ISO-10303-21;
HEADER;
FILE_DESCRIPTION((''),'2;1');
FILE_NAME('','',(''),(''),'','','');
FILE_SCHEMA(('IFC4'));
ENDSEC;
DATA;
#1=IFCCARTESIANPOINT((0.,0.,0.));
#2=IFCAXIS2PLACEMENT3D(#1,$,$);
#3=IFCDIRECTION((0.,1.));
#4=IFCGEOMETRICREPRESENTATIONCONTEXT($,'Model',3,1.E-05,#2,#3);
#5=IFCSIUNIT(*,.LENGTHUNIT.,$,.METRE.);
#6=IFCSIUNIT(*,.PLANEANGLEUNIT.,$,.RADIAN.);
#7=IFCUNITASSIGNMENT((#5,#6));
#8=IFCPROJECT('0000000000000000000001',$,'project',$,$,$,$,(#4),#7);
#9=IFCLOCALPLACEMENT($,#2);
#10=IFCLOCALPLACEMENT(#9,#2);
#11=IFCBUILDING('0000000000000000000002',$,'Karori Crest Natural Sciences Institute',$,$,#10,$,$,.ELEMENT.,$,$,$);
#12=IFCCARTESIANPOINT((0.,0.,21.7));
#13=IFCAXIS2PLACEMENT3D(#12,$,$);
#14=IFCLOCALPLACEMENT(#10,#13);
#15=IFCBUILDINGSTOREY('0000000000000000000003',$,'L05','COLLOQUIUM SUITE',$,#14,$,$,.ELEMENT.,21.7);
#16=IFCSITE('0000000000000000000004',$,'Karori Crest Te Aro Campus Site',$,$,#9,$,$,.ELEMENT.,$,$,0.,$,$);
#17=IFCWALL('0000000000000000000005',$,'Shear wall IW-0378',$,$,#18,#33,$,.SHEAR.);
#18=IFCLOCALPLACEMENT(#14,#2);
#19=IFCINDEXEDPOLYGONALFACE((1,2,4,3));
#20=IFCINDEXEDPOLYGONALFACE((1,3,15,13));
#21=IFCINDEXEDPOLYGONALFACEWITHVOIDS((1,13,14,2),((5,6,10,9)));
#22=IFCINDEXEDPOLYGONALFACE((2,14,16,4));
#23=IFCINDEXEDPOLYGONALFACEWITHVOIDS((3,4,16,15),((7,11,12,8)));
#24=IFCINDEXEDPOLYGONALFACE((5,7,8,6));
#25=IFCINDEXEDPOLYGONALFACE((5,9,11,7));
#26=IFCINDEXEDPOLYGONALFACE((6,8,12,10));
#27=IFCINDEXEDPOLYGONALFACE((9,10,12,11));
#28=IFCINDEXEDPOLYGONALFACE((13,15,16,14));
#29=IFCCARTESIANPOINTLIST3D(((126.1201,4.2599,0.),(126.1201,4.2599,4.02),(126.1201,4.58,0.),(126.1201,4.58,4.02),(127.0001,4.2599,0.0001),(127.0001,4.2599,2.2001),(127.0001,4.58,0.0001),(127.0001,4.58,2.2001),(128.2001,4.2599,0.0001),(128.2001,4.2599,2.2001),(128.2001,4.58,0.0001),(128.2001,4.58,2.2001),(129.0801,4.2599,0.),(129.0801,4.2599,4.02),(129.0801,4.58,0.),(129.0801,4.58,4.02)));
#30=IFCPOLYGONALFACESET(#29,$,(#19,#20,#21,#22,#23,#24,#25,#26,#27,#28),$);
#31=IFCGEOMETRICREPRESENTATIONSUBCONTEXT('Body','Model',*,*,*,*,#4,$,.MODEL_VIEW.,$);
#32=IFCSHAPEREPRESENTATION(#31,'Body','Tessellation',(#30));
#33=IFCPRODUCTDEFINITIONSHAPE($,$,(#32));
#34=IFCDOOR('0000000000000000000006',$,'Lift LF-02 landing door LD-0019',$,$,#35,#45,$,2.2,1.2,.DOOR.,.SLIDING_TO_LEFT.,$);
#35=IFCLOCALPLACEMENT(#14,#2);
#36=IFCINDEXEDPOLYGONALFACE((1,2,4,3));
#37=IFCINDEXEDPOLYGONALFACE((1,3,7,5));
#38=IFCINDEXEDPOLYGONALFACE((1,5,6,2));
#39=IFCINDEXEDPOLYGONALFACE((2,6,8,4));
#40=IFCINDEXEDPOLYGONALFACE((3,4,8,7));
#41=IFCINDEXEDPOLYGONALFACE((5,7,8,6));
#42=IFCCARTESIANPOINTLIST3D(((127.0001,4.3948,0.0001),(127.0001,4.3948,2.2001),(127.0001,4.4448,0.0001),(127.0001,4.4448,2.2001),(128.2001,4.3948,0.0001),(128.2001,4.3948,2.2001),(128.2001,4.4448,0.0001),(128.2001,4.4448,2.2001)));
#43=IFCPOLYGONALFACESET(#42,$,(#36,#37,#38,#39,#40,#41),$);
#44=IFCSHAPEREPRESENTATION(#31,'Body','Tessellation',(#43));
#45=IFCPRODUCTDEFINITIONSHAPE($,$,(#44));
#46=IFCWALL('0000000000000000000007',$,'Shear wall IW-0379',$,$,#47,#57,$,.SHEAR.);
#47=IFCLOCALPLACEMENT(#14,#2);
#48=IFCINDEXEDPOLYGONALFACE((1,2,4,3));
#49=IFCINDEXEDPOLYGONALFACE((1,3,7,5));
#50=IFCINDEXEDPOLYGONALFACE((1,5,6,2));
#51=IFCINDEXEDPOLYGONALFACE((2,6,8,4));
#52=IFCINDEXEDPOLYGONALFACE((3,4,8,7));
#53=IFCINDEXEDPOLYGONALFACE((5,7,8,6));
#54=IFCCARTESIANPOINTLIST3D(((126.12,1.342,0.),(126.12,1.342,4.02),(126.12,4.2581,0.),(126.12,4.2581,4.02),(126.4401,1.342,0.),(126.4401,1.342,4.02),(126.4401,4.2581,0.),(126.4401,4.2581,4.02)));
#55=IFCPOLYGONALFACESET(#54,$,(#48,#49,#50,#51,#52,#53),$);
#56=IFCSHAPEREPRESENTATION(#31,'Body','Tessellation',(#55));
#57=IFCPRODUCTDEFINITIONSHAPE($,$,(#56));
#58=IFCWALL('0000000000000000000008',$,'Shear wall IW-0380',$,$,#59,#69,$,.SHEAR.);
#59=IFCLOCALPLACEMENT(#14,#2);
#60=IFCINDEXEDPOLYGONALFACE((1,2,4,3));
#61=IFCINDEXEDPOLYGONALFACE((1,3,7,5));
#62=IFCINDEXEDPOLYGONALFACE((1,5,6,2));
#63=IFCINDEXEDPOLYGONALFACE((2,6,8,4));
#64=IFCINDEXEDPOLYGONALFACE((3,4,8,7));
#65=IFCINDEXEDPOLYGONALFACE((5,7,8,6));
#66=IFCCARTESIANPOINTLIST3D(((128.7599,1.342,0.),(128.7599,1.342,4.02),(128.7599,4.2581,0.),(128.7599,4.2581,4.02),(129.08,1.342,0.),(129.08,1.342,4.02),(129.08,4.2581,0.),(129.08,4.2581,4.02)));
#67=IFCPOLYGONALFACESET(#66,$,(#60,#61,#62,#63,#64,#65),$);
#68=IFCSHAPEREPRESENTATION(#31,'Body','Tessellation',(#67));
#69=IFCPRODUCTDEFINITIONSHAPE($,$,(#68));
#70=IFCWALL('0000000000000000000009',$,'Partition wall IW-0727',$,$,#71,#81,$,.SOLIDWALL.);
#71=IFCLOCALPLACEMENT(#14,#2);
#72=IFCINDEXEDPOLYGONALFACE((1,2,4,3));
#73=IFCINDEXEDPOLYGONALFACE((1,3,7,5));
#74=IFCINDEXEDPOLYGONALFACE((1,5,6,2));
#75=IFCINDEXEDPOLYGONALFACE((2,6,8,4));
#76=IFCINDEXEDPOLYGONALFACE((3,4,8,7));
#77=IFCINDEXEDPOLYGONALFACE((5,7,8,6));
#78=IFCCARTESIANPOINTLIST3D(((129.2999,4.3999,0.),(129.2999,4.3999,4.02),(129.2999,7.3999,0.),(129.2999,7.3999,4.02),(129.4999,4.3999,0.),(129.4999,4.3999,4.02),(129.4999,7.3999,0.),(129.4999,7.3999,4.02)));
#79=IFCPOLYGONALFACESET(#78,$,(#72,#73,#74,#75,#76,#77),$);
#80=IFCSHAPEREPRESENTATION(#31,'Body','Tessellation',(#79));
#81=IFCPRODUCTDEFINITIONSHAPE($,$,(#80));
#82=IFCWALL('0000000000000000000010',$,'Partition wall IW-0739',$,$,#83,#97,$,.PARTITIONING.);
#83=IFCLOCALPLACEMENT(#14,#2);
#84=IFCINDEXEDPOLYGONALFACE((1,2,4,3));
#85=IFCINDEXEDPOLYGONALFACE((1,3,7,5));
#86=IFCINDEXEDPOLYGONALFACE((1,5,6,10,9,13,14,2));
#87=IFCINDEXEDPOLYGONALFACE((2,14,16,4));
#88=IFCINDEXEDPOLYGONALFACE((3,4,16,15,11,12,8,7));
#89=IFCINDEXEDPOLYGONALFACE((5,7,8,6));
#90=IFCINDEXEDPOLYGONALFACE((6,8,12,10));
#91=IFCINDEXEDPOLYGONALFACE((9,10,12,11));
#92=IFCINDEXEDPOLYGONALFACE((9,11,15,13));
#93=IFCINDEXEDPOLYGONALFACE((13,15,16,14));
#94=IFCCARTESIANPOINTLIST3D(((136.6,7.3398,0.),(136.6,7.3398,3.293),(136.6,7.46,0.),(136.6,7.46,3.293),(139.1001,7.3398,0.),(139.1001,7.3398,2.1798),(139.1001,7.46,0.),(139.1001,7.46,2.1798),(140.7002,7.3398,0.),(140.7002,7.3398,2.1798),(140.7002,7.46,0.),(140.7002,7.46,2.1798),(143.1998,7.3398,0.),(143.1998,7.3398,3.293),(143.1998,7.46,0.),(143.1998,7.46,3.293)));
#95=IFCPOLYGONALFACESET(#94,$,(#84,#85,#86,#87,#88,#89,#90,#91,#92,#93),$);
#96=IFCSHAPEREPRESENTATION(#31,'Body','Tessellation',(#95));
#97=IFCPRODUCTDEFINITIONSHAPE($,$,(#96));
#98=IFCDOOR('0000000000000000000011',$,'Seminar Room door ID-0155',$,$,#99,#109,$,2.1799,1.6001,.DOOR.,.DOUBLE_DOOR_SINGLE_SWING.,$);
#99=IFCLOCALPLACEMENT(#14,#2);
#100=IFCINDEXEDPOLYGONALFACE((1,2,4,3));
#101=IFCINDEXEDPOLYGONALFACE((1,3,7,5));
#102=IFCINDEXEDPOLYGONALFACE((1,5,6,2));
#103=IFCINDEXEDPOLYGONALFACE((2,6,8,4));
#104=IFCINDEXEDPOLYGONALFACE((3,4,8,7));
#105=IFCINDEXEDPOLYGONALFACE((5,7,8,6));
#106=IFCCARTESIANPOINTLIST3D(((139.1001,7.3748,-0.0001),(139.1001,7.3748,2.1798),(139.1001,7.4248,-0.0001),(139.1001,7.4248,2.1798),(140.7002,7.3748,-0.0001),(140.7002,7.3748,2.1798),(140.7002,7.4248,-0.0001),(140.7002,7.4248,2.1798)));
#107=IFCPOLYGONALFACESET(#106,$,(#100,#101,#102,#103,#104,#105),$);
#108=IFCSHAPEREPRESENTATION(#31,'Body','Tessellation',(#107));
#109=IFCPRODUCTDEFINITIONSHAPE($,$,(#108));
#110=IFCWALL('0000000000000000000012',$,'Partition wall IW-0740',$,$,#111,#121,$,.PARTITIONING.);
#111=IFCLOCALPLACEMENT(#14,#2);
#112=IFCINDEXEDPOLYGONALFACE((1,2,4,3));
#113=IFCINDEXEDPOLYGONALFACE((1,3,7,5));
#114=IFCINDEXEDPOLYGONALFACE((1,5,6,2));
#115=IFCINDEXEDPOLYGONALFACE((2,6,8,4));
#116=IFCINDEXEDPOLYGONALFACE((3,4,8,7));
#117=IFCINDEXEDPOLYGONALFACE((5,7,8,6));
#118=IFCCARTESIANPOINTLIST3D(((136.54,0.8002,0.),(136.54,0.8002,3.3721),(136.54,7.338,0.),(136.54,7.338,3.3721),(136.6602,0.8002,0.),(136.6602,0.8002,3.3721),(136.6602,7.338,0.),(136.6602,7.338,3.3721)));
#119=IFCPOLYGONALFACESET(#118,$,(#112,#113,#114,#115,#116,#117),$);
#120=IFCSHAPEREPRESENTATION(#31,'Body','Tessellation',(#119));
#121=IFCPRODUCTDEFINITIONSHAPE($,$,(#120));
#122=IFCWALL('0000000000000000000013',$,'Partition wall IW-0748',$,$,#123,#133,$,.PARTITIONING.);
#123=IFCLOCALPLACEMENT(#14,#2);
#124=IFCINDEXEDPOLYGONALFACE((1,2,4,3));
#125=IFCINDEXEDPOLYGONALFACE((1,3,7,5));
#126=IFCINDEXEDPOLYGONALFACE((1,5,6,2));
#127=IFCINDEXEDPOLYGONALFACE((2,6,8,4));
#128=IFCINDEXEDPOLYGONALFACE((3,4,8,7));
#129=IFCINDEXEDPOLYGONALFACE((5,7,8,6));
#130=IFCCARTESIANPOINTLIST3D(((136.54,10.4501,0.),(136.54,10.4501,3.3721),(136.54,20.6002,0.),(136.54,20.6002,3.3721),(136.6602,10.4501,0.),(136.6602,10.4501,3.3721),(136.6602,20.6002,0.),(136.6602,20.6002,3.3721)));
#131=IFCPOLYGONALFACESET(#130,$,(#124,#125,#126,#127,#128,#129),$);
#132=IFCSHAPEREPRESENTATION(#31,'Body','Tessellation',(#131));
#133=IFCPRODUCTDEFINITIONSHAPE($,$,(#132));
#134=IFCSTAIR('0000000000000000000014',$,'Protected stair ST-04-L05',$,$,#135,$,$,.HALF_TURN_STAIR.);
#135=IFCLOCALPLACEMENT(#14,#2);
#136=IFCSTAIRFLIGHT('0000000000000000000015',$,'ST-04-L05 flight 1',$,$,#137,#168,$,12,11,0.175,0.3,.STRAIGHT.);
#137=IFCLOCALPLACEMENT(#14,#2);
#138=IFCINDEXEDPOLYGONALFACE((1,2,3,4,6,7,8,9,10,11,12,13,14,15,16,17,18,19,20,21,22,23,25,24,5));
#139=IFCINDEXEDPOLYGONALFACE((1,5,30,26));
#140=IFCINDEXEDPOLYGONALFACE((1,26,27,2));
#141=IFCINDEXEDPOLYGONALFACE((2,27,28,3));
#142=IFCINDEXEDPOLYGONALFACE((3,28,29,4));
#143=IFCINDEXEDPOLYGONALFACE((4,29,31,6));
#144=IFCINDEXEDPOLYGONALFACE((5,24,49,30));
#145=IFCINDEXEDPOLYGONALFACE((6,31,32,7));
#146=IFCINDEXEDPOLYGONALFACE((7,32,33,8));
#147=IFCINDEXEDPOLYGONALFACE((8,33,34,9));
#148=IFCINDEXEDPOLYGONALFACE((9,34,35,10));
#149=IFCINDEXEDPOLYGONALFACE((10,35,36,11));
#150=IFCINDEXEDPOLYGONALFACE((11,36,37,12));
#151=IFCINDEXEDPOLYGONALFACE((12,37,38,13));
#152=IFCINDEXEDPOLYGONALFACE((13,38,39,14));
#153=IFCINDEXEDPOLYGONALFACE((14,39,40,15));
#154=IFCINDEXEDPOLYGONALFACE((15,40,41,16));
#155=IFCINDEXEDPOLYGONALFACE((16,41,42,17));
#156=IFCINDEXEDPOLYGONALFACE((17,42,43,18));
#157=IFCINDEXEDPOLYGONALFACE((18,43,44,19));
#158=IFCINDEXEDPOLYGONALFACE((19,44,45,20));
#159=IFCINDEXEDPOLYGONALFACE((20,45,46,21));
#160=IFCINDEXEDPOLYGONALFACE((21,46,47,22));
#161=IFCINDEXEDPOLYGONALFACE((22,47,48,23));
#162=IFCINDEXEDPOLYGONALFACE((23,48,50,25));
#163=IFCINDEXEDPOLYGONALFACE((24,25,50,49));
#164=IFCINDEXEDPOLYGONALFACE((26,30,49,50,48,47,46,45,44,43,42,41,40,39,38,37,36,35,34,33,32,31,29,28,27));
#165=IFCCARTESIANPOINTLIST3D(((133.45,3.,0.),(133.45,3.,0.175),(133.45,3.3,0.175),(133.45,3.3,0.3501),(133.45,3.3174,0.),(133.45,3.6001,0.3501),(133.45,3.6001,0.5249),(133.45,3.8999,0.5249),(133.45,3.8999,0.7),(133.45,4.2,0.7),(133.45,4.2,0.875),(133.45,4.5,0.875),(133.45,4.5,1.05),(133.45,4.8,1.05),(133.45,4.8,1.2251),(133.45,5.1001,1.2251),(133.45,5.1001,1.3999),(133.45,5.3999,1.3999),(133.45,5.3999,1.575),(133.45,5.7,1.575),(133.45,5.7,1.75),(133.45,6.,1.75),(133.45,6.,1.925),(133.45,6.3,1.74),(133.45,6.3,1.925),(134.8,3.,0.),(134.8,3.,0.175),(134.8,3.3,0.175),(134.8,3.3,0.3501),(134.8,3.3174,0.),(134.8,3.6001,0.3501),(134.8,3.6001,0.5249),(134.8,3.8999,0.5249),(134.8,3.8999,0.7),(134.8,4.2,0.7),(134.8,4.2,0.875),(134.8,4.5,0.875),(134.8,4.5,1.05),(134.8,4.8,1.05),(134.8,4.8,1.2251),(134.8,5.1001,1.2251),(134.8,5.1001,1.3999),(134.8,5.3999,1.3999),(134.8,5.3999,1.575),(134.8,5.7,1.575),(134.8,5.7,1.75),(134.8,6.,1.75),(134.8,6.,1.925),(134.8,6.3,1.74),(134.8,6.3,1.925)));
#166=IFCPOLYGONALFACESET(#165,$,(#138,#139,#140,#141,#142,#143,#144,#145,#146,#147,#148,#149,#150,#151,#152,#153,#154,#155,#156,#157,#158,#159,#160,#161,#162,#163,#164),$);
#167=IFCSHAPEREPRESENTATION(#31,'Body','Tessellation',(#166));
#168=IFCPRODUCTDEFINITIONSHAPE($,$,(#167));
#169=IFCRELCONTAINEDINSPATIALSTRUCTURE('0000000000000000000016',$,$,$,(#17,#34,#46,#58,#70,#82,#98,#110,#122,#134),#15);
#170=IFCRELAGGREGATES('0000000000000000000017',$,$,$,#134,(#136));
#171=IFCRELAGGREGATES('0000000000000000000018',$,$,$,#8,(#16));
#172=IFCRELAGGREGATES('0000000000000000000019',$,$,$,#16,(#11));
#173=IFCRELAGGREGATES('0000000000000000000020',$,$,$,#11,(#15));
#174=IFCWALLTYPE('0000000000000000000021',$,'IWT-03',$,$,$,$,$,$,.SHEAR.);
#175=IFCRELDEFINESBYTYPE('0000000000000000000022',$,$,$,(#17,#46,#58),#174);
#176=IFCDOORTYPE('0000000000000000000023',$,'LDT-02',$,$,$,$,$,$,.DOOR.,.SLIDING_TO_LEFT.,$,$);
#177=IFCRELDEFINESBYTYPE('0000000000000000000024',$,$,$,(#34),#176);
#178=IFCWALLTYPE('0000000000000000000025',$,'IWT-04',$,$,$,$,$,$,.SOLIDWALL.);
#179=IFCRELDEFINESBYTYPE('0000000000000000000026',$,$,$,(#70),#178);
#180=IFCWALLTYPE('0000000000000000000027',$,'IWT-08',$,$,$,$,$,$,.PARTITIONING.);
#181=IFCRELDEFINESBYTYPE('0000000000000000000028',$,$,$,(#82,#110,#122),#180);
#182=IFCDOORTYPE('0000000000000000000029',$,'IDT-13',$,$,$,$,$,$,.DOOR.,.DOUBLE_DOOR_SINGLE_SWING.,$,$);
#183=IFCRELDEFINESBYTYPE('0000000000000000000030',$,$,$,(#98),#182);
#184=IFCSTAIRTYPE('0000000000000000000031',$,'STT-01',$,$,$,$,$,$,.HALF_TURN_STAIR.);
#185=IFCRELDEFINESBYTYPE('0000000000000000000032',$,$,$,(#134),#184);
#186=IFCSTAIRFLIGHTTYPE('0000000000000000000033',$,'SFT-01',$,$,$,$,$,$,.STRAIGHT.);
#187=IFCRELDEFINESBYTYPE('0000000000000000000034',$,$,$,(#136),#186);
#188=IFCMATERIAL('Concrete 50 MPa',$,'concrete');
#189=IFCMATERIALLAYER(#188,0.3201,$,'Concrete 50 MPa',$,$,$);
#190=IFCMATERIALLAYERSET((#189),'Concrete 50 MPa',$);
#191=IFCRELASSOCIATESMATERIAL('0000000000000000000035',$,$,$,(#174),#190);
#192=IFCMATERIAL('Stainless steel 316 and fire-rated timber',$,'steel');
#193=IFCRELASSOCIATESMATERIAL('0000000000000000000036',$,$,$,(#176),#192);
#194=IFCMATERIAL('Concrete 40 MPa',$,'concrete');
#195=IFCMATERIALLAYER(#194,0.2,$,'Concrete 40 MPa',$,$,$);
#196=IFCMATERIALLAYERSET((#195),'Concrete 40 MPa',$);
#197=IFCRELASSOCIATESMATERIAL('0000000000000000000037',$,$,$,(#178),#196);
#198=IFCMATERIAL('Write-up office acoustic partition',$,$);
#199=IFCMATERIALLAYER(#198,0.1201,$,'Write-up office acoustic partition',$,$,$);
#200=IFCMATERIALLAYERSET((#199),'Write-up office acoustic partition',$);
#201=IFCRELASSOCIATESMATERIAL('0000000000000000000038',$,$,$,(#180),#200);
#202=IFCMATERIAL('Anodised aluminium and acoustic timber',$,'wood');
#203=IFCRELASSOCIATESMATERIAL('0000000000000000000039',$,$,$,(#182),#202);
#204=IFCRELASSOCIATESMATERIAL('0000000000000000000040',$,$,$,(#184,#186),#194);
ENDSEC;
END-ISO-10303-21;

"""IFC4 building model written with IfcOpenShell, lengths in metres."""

from ifc_helpers import new_model, si_unit, direction, frame, frame_2d, origin, place, context, subcontext, project, spatial, polyline, rectangle, outline, extrude, material, layer, layer_set, type_object, element, fill, aggregate, save


model = new_model("IFC4")

# Units and contexts
model_context = context("Model", 3, precision=1e-05, world=origin(), true_north=direction((0.0, 1.0)))
body_context = subcontext(model_context, "Body", "Model", "MODEL_VIEW")
ifc_project = project(units=[si_unit("LENGTHUNIT", "METRE"), si_unit("PLANEANGLEUNIT", "RADIAN")], contexts=[model_context])

# Site, building, storey
site_placement = place(None, origin())
site = spatial("IfcSite", under=ifc_project, at=site_placement, Name="Karori Crest Te Aro Campus Site", CompositionType="ELEMENT", RefElevation=0.0)
building_placement = place(site_placement, origin())
building = spatial("IfcBuilding", under=site, at=building_placement, Name="Karori Crest Natural Sciences Institute", CompositionType="ELEMENT")
storey_placement = place(building_placement, frame((0.0, 0.0, 21.7)))
storey = spatial("IfcBuildingStorey", under=building, at=storey_placement, Name="L05", Description="COLLOQUIUM SUITE", CompositionType="ELEMENT", Elevation=21.7)

# Shared definitions
ifc_material_1 = material(Name="Concrete 50 MPa", Category="concrete")

# Shared definitions
ifc_material_2 = material(Name="Stainless steel 316 and fire-rated timber", Category="steel")

# Shared definitions
ifc_layer_1 = layer(ifc_material_1, 0.3201, Name="Concrete 50 MPa")
ifc_layer_set_1 = layer_set([ifc_layer_1], Name="Concrete 50 MPa")
wall_type_1 = type_object("IfcWallType", Name="IWT-03", PredefinedType="SHEAR", material=ifc_layer_set_1)

# Wall, opening, door
wall_1_placement = place(storey_placement, frame((126.1201, 4.4199, 0.0), z_axis=(0.0, 0.0, 1.0), x_axis=(1.0, 0.0, 0.0)))
wall_1 = element("IfcWall", 1, at=wall_1_placement, inside=storey, type_object=wall_type_1, Name="Shear wall IW-0378", PredefinedType="SHEAR", context=body_context, shape_type="SweptSolid", body=[
    extrude(rectangle(XDim=2.96, YDim=0.3201, at=frame_2d((1.48, 0.0))), origin(), (0.0, 0.0, 1.0), 4.02),
])
opening_1_placement = place(wall_1_placement, frame((0.8799, 0.0, 0.0)))
opening_1 = element("IfcOpeningElement", 2, at=opening_1_placement, cuts=wall_1, PredefinedType="OPENING", context=body_context, shape_type="SweptSolid", body=[
    extrude(rectangle(XDim=1.2, YDim=2.2, at=frame_2d((0.6001, 1.1001))), frame((0.0, 0.1699, 0.0), z_axis=(0.0, -1.0, 0.0), x_axis=(1.0, 0.0, 0.0)), (0.0, 0.0, 1.0), 0.3401),
])
door_type_1 = type_object("IfcDoorType", Name="LDT-02", OperationType="SLIDING_TO_LEFT", PredefinedType="DOOR", material=ifc_material_2)
door_1_placement = place(opening_1_placement, origin())
door_1 = element("IfcDoor", 3, at=door_1_placement, inside=storey, type_object=door_type_1, Name="Lift LF-02 landing door LD-0019", OperationType="SLIDING_TO_LEFT", OverallHeight=2.2, OverallWidth=1.2, PredefinedType="DOOR", context=body_context, shape_type="SweptSolid", body=[
    extrude(rectangle(XDim=1.2, YDim=2.2, at=frame_2d((0.6001, 1.1001))), frame((0.0, 0.0249, 0.0), z_axis=(0.0, -1.0, 0.0), x_axis=(1.0, 0.0, 0.0)), (0.0, 0.0, 1.0), 0.05),
])
fill(opening_1, door_1)

# Walls
for number, where, z_axis, x_axis, name in (
    (4, (126.28, 1.342, 0.0), (0.0, 0.0, 1.0), (0.0, 1.0, 0.0), "Shear wall IW-0379"),
    (5, (128.9199, 1.342, 0.0), (0.0, 0.0, 1.0), (0.0, 1.0, 0.0), "Shear wall IW-0380"),
):
    element("IfcWall", number, at=place(storey_placement, frame(where, z_axis=z_axis, x_axis=x_axis)), inside=storey, type_object=wall_type_1, Name=name, PredefinedType="SHEAR", context=body_context, shape_type="SweptSolid", body=[
        extrude(rectangle(XDim=2.916, YDim=0.3201, at=frame_2d((1.458, 0.0))), origin(), (0.0, 0.0, 1.0), 4.02),
    ])
ifc_material_3 = material(Name="Concrete 40 MPa", Category="concrete")
ifc_layer_2 = layer(ifc_material_3, 0.2, Name="Concrete 40 MPa")
ifc_layer_set_2 = layer_set([ifc_layer_2], Name="Concrete 40 MPa")
wall_type_2 = type_object("IfcWallType", Name="IWT-04", PredefinedType="SOLIDWALL", material=ifc_layer_set_2)
wall_2_placement = place(storey_placement, frame((129.3999, 4.3999, 0.0), z_axis=(0.0, 0.0, 1.0), x_axis=(0.0, 1.0, 0.0)))
element("IfcWall", 6, at=wall_2_placement, inside=storey, type_object=wall_type_2, Name="Partition wall IW-0727", PredefinedType="SOLIDWALL", context=body_context, shape_type="SweptSolid", body=[
    extrude(rectangle(XDim=3.0, YDim=0.2, at=frame_2d((1.5, 0.0))), origin(), (0.0, 0.0, 1.0), 4.02),
])

# Wall, opening, door
ifc_material_4 = material(Name="Write-up office acoustic partition")
ifc_layer_3 = layer(ifc_material_4, 0.1201, Name="Write-up office acoustic partition")
ifc_layer_set_3 = layer_set([ifc_layer_3], Name="Write-up office acoustic partition")
wall_type_3 = type_object("IfcWallType", Name="IWT-08", PredefinedType="PARTITIONING", material=ifc_layer_set_3)
wall_3_placement = place(storey_placement, frame((136.6001, 7.3999, 0.0), z_axis=(0.0, 0.0, 1.0), x_axis=(1.0, 0.0, 0.0)))
wall_3 = element("IfcWall", 7, at=wall_3_placement, inside=storey, type_object=wall_type_3, Name="Partition wall IW-0739", PredefinedType="PARTITIONING", context=body_context, shape_type="SweptSolid", body=[
    extrude(rectangle(XDim=6.5999, YDim=0.1201, at=frame_2d((3.2998, 0.0))), origin(), (0.0, 0.0, 1.0), 3.293),
])
opening_2_placement = place(wall_3_placement, frame((2.5, 0.0, 0.0)))
opening_2 = element("IfcOpeningElement", 8, at=opening_2_placement, cuts=wall_3, PredefinedType="OPENING", context=body_context, shape_type="SweptSolid", body=[
    extrude(rectangle(XDim=1.6001, YDim=2.1799, at=frame_2d((0.8, 1.0898))), frame((0.0, 0.0701, 0.0), z_axis=(0.0, -1.0, 0.0), x_axis=(1.0, 0.0, 0.0)), (0.0, 0.0, 1.0), 0.1401),
])
ifc_material_5 = material(Name="Anodised aluminium and acoustic timber", Category="wood")
door_type_2 = type_object("IfcDoorType", Name="IDT-13", OperationType="DOUBLE_DOOR_SINGLE_SWING", PredefinedType="DOOR", material=ifc_material_5)
door_2_placement = place(opening_2_placement, origin())
door_2 = element("IfcDoor", 9, at=door_2_placement, inside=storey, type_object=door_type_2, Name="Seminar Room door ID-0155", OperationType="DOUBLE_DOOR_SINGLE_SWING", OverallHeight=2.1799, OverallWidth=1.6001, PredefinedType="DOOR", context=body_context, shape_type="SweptSolid", body=[
    extrude(rectangle(XDim=1.6001, YDim=2.1799, at=frame_2d((0.8, 1.0898))), frame((0.0, 0.0249, 0.0), z_axis=(0.0, -1.0, 0.0), x_axis=(1.0, 0.0, 0.0)), (0.0, 0.0, 1.0), 0.05),
])
fill(opening_2, door_2)

# Walls
wall_4_placement = place(storey_placement, frame((136.6001, 0.8, 0.0), z_axis=(0.0, 0.0, 1.0), x_axis=(0.0, 1.0, 0.0)))
element("IfcWall", 10, at=wall_4_placement, inside=storey, type_object=wall_type_3, Name="Partition wall IW-0740", PredefinedType="PARTITIONING", context=body_context, shape_type="SweptSolid", body=[
    extrude(rectangle(XDim=6.5378, YDim=0.1201, at=frame_2d((3.269, 0.0))), origin(), (0.0, 0.0, 1.0), 3.3721),
])
wall_5_placement = place(storey_placement, frame((136.6001, 10.45, 0.0), z_axis=(0.0, 0.0, 1.0), x_axis=(0.0, 1.0, 0.0)))
element("IfcWall", 11, at=wall_5_placement, inside=storey, type_object=wall_type_3, Name="Partition wall IW-0748", PredefinedType="PARTITIONING", context=body_context, shape_type="SweptSolid", body=[
    extrude(rectangle(XDim=10.1501, YDim=0.1201, at=frame_2d((5.0752, 0.0))), origin(), (0.0, 0.0, 1.0), 3.3721),
])

# Stair, stair flight
stair_type = type_object("IfcStairType", Name="STT-01", PredefinedType="HALF_TURN_STAIR", material=ifc_material_3)
stair_placement = place(storey_placement, origin())
stair = element("IfcStair", 12, at=stair_placement, inside=storey, type_object=stair_type, Name="Protected stair ST-04-L05", PredefinedType="HALF_TURN_STAIR")
stair_flight_type = type_object("IfcStairFlightType", Name="SFT-01", PredefinedType="STRAIGHT", material=ifc_material_3)
stair_flight_1_placement = place(storey_placement, frame((134.125, 3.0, 0.0), z_axis=(0.0, 0.0, 1.0), x_axis=(0.0, 1.0, 0.0)))
stair_flight_1 = element("IfcStairFlight", 13, at=stair_flight_1_placement, type_object=stair_flight_type, Name="ST-04-L05 flight 1", NumberOfRisers=12, NumberOfTreads=11, PredefinedType="STRAIGHT", RiserHeight=0.175, TreadLength=0.3, context=body_context, shape_type="SweptSolid", body=[
    extrude(outline(polyline([(0.0, 0.0), (0.0, 0.175), (0.3, 0.175), (0.3, 0.3501), (0.6001, 0.3501), (0.6001, 0.5249), (0.8999, 0.5249), (0.8999, 0.7), (1.2, 0.7), (1.2, 0.875), (1.5, 0.875), (1.5, 1.05), (1.8, 1.05), (1.8, 1.2251), (2.1001, 1.2251), (2.1001, 1.3999), (2.3999, 1.3999), (2.3999, 1.575), (2.7, 1.575), (2.7, 1.75), (3.0, 1.75), (3.0, 1.925), (3.3, 1.925), (3.3, 2.1001), (3.3, 1.74), (0.3174, 0.0), (0.0, 0.0)])), frame((0.0, 0.675, 0.0), z_axis=(0.0, -1.0, 0.0), x_axis=(1.0, 0.0, 0.0)), (0.0, 0.0, 1.0), 1.3501),
])
aggregate(stair, [stair_flight_1])

save(model, "model.ifc")
